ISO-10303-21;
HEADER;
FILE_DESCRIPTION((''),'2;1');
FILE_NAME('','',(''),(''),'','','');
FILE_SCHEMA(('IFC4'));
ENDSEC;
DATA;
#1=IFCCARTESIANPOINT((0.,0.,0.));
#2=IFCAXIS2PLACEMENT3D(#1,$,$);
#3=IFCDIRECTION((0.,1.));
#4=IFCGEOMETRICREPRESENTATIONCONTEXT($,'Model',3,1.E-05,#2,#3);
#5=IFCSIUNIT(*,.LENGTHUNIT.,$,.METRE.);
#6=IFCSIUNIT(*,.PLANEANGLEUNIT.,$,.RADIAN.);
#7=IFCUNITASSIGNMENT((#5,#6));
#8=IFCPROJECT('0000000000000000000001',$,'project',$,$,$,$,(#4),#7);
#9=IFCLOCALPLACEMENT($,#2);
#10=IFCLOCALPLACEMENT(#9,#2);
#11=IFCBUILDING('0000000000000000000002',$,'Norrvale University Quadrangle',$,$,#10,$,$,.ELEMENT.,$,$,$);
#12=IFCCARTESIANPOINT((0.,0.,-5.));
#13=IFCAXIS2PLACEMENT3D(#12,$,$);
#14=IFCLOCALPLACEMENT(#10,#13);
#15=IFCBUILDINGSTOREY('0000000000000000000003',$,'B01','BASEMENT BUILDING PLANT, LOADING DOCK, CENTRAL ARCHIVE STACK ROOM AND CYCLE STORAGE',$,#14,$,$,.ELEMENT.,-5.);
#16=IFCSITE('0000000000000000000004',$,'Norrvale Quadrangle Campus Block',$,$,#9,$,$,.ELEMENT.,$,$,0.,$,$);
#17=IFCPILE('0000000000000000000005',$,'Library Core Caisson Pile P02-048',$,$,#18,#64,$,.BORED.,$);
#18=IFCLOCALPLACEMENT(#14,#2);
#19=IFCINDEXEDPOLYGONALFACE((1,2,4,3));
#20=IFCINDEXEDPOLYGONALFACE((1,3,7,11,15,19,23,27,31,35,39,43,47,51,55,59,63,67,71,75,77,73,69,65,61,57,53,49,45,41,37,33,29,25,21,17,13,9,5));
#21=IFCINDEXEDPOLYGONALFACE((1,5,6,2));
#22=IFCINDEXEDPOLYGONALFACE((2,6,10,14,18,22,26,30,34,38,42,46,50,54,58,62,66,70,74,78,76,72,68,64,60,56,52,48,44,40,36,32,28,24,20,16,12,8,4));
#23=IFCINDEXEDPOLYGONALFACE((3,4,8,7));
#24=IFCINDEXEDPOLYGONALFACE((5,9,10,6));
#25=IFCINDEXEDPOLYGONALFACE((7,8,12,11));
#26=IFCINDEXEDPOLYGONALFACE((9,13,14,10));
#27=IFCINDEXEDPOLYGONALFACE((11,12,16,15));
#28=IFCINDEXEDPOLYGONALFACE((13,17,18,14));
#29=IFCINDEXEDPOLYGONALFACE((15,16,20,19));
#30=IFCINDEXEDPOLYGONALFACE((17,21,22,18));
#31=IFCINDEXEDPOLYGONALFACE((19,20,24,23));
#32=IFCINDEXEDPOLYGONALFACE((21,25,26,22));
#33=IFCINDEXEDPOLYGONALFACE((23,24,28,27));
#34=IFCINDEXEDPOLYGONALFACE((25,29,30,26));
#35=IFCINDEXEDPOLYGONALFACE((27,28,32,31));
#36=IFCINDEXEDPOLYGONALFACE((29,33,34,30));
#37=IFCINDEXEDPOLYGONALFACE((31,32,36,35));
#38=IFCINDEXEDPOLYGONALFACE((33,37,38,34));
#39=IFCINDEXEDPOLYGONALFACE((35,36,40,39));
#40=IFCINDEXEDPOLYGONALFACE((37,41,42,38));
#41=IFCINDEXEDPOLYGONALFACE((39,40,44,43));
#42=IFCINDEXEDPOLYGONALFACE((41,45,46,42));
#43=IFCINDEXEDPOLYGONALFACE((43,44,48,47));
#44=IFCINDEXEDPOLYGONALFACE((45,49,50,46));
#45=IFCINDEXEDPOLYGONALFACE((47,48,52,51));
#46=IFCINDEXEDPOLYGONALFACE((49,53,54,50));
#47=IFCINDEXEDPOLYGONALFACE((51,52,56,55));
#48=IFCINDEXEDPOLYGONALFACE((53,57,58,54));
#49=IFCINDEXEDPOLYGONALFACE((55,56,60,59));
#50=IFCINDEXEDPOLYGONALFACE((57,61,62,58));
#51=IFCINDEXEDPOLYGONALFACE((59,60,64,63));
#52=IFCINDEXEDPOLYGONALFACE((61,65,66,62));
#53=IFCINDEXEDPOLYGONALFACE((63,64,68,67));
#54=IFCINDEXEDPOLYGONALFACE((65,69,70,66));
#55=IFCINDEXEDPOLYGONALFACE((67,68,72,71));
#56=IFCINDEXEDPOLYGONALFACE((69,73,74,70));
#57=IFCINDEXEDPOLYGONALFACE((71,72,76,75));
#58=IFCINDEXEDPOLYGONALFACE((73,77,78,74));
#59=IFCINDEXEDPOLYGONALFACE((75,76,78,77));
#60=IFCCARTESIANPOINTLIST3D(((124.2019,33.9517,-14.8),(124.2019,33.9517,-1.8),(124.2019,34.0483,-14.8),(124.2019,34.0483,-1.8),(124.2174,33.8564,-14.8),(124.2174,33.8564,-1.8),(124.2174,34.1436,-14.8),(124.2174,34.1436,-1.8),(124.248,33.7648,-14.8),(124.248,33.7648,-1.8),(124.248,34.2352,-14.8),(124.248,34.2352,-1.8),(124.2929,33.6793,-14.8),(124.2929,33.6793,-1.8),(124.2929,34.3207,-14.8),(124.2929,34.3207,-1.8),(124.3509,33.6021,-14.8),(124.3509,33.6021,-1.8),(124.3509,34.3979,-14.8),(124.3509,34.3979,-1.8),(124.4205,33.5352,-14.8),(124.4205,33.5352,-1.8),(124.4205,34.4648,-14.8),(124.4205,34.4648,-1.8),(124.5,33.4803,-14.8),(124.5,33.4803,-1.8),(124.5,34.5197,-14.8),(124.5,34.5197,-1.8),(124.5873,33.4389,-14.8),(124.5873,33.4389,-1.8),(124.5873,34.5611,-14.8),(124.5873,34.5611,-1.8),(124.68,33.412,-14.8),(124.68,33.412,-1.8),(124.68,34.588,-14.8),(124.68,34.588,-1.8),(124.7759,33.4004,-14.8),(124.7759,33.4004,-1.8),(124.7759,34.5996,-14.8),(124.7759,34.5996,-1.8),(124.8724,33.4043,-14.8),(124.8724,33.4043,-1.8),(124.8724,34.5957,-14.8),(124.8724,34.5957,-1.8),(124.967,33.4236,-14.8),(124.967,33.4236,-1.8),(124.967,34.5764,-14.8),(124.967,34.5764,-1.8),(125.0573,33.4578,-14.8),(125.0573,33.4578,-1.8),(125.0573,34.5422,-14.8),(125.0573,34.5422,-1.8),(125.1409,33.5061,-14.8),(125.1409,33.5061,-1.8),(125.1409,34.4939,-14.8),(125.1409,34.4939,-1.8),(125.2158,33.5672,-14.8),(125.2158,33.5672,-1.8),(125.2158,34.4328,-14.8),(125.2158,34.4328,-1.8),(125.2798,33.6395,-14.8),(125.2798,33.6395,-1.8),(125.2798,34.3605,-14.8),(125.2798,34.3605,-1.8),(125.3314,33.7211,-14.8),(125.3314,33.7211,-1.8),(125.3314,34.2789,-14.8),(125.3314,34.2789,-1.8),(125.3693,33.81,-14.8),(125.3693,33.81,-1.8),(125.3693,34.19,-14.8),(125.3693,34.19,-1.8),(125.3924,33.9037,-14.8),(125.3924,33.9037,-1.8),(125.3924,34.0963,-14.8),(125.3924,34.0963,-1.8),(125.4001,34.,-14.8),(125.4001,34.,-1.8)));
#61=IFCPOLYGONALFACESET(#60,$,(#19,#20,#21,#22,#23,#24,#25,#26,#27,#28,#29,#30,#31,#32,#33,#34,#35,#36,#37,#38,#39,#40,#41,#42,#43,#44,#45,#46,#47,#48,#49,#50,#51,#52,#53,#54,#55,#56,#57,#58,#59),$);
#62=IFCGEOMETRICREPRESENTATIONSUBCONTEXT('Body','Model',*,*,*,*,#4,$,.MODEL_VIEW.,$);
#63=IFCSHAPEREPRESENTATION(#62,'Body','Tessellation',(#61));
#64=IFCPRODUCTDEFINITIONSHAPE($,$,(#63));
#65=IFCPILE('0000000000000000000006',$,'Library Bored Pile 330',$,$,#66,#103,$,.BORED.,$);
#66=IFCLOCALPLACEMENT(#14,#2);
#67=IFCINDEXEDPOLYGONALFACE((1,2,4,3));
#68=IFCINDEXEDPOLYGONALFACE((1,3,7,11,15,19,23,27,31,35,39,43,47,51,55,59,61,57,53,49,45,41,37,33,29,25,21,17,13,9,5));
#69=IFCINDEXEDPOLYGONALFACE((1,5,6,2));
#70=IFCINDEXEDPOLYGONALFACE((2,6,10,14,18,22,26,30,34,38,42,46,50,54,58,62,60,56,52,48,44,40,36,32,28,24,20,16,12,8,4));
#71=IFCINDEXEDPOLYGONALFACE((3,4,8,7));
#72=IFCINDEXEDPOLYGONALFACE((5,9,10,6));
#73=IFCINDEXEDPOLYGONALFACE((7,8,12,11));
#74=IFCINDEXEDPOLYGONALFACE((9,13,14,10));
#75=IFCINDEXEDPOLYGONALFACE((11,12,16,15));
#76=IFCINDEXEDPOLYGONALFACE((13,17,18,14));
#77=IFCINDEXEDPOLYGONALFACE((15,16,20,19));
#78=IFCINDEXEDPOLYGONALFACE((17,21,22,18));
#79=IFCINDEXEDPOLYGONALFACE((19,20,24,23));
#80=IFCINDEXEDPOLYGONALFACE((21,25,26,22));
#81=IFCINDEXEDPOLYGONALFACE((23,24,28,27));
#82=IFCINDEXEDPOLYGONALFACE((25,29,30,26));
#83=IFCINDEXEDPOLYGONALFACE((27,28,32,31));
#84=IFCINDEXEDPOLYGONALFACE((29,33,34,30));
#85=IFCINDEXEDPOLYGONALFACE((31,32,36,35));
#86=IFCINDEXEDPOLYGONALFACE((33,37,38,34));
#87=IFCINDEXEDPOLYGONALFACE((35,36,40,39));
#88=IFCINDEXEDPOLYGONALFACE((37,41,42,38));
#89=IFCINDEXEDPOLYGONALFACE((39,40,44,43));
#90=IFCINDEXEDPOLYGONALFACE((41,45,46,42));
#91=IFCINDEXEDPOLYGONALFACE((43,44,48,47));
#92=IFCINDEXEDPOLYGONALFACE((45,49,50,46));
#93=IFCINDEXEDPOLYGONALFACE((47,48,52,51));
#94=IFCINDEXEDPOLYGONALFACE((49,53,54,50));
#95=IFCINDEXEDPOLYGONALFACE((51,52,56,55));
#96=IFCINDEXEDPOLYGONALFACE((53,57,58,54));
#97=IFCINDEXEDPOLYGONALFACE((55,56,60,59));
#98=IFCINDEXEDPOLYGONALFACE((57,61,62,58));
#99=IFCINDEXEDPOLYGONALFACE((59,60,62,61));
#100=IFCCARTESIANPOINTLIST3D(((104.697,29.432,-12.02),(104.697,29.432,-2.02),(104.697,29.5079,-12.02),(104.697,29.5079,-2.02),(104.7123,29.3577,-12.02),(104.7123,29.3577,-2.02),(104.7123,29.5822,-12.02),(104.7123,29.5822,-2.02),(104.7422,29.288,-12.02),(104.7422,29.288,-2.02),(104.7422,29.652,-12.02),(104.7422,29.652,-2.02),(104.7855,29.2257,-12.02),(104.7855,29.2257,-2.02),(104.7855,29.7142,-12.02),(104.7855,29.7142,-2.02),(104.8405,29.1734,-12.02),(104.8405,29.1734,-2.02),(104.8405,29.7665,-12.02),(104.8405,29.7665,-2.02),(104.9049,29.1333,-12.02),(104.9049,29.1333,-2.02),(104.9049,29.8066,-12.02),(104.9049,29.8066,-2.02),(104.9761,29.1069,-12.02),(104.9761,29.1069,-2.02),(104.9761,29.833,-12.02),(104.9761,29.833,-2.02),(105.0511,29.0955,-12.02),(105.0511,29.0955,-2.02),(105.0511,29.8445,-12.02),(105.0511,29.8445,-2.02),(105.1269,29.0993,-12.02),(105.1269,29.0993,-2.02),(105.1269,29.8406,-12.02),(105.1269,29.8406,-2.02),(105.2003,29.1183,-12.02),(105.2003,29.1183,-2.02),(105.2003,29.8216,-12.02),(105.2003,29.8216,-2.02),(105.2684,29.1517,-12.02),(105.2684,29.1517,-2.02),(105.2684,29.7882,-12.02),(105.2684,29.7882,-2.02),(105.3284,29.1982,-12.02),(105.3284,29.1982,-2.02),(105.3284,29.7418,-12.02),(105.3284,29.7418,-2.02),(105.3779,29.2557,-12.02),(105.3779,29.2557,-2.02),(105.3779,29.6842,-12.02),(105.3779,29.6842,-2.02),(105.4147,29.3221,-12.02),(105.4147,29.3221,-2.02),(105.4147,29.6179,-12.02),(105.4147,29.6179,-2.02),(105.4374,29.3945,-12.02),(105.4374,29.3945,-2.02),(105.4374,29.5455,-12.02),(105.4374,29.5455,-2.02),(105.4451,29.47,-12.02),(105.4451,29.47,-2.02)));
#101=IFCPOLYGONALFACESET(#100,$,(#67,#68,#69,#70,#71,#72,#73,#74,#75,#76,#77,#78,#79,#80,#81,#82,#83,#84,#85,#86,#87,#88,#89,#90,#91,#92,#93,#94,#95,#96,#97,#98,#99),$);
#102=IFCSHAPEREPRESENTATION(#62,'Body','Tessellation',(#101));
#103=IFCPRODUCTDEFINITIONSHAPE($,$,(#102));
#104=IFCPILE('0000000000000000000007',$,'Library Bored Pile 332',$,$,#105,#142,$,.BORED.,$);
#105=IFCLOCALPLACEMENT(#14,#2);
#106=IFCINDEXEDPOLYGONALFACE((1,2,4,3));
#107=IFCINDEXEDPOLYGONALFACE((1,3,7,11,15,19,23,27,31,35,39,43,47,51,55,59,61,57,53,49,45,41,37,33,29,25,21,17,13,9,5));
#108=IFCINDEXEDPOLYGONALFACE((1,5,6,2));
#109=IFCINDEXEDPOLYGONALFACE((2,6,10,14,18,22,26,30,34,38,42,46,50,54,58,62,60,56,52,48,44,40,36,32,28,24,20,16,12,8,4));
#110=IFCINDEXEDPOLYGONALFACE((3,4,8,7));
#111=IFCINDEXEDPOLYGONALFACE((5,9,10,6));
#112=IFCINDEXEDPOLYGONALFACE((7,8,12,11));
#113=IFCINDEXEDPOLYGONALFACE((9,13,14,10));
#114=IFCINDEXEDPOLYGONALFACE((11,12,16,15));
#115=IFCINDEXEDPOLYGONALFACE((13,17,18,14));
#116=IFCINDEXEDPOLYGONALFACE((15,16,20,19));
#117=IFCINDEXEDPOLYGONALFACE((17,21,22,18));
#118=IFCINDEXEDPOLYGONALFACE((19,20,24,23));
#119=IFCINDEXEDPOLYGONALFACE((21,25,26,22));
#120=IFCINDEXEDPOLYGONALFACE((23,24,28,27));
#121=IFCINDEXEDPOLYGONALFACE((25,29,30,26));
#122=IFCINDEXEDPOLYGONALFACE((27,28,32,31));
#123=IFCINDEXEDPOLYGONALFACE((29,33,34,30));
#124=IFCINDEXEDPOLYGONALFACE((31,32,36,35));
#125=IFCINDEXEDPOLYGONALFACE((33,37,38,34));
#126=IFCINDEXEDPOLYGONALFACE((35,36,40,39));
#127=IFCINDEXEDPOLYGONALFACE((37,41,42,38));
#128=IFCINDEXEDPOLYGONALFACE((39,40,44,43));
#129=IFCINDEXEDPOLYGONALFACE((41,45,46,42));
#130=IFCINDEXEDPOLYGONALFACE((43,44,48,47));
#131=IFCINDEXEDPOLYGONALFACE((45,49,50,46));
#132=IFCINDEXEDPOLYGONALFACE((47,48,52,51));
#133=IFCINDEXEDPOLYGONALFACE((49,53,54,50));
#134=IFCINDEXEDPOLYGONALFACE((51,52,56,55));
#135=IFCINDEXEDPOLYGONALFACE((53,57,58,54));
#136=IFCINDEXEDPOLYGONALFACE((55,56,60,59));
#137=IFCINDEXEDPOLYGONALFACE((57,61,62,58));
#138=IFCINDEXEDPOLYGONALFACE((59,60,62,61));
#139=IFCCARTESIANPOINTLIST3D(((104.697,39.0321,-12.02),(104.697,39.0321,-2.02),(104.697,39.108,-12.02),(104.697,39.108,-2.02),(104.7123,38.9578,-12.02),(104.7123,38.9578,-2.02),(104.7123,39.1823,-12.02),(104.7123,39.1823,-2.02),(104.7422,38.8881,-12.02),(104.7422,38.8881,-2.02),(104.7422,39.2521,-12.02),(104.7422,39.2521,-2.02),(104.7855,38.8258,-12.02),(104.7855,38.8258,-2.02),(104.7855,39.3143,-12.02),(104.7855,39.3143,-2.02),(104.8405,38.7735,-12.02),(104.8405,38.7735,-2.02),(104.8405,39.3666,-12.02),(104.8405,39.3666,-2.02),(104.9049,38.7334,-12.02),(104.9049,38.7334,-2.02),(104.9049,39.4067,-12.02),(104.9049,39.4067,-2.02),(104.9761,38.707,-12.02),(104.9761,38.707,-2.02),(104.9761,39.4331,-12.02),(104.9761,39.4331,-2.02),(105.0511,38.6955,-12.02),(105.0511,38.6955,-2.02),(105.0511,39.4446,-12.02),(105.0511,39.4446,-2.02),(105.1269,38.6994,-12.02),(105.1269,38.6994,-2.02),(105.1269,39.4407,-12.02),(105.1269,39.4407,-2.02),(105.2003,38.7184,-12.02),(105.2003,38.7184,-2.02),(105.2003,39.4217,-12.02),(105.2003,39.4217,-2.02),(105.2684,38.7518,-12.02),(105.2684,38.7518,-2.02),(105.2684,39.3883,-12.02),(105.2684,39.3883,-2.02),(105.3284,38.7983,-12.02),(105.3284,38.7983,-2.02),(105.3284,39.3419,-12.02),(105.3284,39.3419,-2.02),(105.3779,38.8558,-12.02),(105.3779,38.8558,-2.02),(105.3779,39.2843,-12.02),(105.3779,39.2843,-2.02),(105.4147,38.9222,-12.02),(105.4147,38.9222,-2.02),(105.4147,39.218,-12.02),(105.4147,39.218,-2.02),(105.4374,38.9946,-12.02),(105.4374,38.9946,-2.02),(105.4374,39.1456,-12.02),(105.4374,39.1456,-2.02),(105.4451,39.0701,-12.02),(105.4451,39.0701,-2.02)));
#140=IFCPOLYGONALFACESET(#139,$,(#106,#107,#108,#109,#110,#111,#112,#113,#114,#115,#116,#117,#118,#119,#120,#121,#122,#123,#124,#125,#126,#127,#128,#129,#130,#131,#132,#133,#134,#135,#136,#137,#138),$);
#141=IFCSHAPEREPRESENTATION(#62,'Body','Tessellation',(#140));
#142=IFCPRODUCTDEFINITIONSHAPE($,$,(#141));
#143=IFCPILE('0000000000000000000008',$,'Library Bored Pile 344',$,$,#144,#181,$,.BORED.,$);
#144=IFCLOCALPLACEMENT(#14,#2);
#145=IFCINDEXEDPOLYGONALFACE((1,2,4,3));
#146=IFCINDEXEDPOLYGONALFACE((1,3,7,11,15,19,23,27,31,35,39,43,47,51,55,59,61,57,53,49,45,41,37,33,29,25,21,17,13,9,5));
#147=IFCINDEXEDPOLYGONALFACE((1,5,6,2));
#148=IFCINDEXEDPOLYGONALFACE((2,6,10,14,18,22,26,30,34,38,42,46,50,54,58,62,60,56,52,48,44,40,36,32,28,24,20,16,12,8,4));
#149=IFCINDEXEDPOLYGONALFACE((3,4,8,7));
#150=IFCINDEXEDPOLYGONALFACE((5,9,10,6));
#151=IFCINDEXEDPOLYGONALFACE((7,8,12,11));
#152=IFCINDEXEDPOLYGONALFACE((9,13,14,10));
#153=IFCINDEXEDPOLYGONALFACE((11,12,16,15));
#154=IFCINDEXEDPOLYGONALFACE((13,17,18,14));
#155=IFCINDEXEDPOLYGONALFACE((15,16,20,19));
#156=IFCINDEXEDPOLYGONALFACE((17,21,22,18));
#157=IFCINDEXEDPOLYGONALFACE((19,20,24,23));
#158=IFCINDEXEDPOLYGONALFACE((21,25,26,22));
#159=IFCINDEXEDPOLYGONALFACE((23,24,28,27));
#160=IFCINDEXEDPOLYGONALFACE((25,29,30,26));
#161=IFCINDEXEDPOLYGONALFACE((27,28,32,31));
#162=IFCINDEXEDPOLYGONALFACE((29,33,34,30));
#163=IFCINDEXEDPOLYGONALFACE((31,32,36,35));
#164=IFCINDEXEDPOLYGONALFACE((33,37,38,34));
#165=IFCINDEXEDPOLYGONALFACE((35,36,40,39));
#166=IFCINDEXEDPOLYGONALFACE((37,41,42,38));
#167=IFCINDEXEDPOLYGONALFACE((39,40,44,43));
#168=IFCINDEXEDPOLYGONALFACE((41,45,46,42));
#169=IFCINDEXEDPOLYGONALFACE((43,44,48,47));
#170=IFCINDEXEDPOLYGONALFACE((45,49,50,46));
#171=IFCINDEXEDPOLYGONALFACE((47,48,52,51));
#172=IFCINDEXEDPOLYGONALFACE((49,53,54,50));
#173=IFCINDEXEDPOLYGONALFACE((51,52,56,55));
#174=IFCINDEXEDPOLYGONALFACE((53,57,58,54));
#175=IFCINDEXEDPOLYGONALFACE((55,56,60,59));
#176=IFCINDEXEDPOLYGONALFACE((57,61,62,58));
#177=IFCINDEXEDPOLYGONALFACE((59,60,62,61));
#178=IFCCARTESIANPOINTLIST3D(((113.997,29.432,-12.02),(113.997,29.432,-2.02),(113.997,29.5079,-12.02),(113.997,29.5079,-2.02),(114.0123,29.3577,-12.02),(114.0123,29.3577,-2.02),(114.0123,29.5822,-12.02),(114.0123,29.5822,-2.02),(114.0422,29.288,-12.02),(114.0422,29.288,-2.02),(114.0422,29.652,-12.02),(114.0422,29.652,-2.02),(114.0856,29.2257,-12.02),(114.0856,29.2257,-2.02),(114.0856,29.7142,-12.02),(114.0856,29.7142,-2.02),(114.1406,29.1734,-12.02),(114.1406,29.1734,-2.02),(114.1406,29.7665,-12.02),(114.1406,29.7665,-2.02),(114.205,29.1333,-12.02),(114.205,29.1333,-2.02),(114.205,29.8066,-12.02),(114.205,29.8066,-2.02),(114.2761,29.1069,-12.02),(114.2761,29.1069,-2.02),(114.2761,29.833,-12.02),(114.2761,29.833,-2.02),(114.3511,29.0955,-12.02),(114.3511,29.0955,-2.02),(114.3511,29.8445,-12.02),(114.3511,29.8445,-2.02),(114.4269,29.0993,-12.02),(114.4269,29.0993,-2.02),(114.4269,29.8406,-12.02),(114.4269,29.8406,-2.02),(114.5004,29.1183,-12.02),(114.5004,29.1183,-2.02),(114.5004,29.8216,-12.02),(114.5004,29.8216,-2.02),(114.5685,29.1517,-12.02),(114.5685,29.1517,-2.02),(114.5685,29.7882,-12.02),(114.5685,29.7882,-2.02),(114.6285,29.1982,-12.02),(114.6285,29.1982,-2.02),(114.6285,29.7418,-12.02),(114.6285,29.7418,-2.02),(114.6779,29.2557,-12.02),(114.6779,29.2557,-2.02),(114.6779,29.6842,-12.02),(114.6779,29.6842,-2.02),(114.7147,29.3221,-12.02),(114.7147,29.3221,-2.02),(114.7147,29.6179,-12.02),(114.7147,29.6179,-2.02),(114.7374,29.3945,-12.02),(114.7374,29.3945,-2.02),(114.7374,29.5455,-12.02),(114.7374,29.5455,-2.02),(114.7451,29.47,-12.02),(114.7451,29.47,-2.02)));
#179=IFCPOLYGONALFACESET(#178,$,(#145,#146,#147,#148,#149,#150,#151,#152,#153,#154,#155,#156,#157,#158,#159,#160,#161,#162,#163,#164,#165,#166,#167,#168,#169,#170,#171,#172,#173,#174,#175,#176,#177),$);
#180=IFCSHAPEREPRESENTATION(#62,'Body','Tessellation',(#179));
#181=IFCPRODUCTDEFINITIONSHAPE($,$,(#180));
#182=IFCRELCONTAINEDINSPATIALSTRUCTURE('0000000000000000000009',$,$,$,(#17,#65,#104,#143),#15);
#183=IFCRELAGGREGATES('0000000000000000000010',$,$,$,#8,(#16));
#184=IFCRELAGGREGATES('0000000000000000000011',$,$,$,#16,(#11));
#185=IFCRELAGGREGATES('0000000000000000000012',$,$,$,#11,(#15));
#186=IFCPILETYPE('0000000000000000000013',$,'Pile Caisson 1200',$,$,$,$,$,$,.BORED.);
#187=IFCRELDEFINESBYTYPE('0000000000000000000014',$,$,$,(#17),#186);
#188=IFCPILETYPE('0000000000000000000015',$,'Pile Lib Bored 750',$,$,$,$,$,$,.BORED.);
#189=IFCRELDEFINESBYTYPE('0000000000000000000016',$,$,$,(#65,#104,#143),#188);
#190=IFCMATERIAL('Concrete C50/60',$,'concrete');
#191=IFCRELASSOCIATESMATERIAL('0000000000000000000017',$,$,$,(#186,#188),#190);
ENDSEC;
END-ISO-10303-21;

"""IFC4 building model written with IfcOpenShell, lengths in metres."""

from ifc_helpers import new_model, si_unit, direction, frame, origin, origin_2d, place, context, subcontext, project, spatial, circle, extrude, material, material_profile, profile_set, type_object, element, save


model = new_model("IFC4")

# Units and contexts
model_context = context("Model", 3, precision=1e-05, world=origin(), true_north=direction((0.0, 1.0)))
body_context = subcontext(model_context, "Body", "Model", "MODEL_VIEW")
ifc_project = project(units=[si_unit("LENGTHUNIT", "METRE"), si_unit("PLANEANGLEUNIT", "RADIAN")], contexts=[model_context])

# Site, building, storey
site_placement = place(None, origin())
site = spatial("IfcSite", under=ifc_project, at=site_placement, Name="Norrvale Quadrangle Campus Block", CompositionType="ELEMENT", RefElevation=0.0)
building_placement = place(site_placement, origin())
building = spatial("IfcBuilding", under=site, at=building_placement, Name="Norrvale University Quadrangle", CompositionType="ELEMENT")
storey_placement = place(building_placement, frame((0.0, 0.0, -5.0)))
storey = spatial("IfcBuildingStorey", under=building, at=storey_placement, Name="B01", Description="BASEMENT BUILDING PLANT, LOADING DOCK, CENTRAL ARCHIVE STACK ROOM AND CYCLE STORAGE", CompositionType="ELEMENT", Elevation=-5.0)

# Shared definitions
ifc_material_1 = material(Name="Concrete C50/60", Category="concrete")

# Piles
ifc_material_profile_1 = material_profile(ifc_material_1, circle(Radius=0.6001, at=origin_2d()), Name="Concrete C50/60")
ifc_profile_set_1 = profile_set([ifc_material_profile_1], Name="Concrete C50/60")
pile_type_1 = type_object("IfcPileType", Name="Pile Caisson 1200", PredefinedType="BORED", material=ifc_profile_set_1)
for number, where, z_axis, x_axis, name in (
    (1, (124.8, 34.0, -1.8), (0.0, 0.0, -1.0), (1.0, 0.0, 0.0), "Library Core Caisson Pile P02-048"),
):
    element("IfcPile", number, at=place(storey_placement, frame(where, z_axis=z_axis, x_axis=x_axis)), inside=storey, type_object=pile_type_1, Name=name, PredefinedType="BORED", context=body_context, shape_type="SweptSolid", body=[
        extrude(circle(Radius=0.6001, at=origin_2d()), origin(), (0.0, 0.0, 1.0), 13.0),
    ])
ifc_material_profile_2 = material_profile(ifc_material_1, circle(Radius=0.375, at=origin_2d()), Name="Concrete C50/60")
ifc_profile_set_2 = profile_set([ifc_material_profile_2], Name="Concrete C50/60")
pile_type_2 = type_object("IfcPileType", Name="Pile Lib Bored 750", PredefinedType="BORED", material=ifc_profile_set_2)
for number, where, z_axis, x_axis, name in (
    (2, (105.0701, 29.47, -2.02), (0.0, 0.0, -1.0), (1.0, 0.0, 0.0), "Library Bored Pile 330"),
    (3, (105.0701, 39.0701, -2.02), (0.0, 0.0, -1.0), (1.0, 0.0, 0.0), "Library Bored Pile 332"),
    (4, (114.3701, 29.47, -2.02), (0.0, 0.0, -1.0), (1.0, 0.0, 0.0), "Library Bored Pile 344"),
):
    element("IfcPile", number, at=place(storey_placement, frame(where, z_axis=z_axis, x_axis=x_axis)), inside=storey, type_object=pile_type_2, Name=name, PredefinedType="BORED", context=body_context, shape_type="SweptSolid", body=[
        extrude(circle(Radius=0.375, at=origin_2d()), origin(), (0.0, 0.0, 1.0), 10.0),
    ])

save(model, "model.ifc")
